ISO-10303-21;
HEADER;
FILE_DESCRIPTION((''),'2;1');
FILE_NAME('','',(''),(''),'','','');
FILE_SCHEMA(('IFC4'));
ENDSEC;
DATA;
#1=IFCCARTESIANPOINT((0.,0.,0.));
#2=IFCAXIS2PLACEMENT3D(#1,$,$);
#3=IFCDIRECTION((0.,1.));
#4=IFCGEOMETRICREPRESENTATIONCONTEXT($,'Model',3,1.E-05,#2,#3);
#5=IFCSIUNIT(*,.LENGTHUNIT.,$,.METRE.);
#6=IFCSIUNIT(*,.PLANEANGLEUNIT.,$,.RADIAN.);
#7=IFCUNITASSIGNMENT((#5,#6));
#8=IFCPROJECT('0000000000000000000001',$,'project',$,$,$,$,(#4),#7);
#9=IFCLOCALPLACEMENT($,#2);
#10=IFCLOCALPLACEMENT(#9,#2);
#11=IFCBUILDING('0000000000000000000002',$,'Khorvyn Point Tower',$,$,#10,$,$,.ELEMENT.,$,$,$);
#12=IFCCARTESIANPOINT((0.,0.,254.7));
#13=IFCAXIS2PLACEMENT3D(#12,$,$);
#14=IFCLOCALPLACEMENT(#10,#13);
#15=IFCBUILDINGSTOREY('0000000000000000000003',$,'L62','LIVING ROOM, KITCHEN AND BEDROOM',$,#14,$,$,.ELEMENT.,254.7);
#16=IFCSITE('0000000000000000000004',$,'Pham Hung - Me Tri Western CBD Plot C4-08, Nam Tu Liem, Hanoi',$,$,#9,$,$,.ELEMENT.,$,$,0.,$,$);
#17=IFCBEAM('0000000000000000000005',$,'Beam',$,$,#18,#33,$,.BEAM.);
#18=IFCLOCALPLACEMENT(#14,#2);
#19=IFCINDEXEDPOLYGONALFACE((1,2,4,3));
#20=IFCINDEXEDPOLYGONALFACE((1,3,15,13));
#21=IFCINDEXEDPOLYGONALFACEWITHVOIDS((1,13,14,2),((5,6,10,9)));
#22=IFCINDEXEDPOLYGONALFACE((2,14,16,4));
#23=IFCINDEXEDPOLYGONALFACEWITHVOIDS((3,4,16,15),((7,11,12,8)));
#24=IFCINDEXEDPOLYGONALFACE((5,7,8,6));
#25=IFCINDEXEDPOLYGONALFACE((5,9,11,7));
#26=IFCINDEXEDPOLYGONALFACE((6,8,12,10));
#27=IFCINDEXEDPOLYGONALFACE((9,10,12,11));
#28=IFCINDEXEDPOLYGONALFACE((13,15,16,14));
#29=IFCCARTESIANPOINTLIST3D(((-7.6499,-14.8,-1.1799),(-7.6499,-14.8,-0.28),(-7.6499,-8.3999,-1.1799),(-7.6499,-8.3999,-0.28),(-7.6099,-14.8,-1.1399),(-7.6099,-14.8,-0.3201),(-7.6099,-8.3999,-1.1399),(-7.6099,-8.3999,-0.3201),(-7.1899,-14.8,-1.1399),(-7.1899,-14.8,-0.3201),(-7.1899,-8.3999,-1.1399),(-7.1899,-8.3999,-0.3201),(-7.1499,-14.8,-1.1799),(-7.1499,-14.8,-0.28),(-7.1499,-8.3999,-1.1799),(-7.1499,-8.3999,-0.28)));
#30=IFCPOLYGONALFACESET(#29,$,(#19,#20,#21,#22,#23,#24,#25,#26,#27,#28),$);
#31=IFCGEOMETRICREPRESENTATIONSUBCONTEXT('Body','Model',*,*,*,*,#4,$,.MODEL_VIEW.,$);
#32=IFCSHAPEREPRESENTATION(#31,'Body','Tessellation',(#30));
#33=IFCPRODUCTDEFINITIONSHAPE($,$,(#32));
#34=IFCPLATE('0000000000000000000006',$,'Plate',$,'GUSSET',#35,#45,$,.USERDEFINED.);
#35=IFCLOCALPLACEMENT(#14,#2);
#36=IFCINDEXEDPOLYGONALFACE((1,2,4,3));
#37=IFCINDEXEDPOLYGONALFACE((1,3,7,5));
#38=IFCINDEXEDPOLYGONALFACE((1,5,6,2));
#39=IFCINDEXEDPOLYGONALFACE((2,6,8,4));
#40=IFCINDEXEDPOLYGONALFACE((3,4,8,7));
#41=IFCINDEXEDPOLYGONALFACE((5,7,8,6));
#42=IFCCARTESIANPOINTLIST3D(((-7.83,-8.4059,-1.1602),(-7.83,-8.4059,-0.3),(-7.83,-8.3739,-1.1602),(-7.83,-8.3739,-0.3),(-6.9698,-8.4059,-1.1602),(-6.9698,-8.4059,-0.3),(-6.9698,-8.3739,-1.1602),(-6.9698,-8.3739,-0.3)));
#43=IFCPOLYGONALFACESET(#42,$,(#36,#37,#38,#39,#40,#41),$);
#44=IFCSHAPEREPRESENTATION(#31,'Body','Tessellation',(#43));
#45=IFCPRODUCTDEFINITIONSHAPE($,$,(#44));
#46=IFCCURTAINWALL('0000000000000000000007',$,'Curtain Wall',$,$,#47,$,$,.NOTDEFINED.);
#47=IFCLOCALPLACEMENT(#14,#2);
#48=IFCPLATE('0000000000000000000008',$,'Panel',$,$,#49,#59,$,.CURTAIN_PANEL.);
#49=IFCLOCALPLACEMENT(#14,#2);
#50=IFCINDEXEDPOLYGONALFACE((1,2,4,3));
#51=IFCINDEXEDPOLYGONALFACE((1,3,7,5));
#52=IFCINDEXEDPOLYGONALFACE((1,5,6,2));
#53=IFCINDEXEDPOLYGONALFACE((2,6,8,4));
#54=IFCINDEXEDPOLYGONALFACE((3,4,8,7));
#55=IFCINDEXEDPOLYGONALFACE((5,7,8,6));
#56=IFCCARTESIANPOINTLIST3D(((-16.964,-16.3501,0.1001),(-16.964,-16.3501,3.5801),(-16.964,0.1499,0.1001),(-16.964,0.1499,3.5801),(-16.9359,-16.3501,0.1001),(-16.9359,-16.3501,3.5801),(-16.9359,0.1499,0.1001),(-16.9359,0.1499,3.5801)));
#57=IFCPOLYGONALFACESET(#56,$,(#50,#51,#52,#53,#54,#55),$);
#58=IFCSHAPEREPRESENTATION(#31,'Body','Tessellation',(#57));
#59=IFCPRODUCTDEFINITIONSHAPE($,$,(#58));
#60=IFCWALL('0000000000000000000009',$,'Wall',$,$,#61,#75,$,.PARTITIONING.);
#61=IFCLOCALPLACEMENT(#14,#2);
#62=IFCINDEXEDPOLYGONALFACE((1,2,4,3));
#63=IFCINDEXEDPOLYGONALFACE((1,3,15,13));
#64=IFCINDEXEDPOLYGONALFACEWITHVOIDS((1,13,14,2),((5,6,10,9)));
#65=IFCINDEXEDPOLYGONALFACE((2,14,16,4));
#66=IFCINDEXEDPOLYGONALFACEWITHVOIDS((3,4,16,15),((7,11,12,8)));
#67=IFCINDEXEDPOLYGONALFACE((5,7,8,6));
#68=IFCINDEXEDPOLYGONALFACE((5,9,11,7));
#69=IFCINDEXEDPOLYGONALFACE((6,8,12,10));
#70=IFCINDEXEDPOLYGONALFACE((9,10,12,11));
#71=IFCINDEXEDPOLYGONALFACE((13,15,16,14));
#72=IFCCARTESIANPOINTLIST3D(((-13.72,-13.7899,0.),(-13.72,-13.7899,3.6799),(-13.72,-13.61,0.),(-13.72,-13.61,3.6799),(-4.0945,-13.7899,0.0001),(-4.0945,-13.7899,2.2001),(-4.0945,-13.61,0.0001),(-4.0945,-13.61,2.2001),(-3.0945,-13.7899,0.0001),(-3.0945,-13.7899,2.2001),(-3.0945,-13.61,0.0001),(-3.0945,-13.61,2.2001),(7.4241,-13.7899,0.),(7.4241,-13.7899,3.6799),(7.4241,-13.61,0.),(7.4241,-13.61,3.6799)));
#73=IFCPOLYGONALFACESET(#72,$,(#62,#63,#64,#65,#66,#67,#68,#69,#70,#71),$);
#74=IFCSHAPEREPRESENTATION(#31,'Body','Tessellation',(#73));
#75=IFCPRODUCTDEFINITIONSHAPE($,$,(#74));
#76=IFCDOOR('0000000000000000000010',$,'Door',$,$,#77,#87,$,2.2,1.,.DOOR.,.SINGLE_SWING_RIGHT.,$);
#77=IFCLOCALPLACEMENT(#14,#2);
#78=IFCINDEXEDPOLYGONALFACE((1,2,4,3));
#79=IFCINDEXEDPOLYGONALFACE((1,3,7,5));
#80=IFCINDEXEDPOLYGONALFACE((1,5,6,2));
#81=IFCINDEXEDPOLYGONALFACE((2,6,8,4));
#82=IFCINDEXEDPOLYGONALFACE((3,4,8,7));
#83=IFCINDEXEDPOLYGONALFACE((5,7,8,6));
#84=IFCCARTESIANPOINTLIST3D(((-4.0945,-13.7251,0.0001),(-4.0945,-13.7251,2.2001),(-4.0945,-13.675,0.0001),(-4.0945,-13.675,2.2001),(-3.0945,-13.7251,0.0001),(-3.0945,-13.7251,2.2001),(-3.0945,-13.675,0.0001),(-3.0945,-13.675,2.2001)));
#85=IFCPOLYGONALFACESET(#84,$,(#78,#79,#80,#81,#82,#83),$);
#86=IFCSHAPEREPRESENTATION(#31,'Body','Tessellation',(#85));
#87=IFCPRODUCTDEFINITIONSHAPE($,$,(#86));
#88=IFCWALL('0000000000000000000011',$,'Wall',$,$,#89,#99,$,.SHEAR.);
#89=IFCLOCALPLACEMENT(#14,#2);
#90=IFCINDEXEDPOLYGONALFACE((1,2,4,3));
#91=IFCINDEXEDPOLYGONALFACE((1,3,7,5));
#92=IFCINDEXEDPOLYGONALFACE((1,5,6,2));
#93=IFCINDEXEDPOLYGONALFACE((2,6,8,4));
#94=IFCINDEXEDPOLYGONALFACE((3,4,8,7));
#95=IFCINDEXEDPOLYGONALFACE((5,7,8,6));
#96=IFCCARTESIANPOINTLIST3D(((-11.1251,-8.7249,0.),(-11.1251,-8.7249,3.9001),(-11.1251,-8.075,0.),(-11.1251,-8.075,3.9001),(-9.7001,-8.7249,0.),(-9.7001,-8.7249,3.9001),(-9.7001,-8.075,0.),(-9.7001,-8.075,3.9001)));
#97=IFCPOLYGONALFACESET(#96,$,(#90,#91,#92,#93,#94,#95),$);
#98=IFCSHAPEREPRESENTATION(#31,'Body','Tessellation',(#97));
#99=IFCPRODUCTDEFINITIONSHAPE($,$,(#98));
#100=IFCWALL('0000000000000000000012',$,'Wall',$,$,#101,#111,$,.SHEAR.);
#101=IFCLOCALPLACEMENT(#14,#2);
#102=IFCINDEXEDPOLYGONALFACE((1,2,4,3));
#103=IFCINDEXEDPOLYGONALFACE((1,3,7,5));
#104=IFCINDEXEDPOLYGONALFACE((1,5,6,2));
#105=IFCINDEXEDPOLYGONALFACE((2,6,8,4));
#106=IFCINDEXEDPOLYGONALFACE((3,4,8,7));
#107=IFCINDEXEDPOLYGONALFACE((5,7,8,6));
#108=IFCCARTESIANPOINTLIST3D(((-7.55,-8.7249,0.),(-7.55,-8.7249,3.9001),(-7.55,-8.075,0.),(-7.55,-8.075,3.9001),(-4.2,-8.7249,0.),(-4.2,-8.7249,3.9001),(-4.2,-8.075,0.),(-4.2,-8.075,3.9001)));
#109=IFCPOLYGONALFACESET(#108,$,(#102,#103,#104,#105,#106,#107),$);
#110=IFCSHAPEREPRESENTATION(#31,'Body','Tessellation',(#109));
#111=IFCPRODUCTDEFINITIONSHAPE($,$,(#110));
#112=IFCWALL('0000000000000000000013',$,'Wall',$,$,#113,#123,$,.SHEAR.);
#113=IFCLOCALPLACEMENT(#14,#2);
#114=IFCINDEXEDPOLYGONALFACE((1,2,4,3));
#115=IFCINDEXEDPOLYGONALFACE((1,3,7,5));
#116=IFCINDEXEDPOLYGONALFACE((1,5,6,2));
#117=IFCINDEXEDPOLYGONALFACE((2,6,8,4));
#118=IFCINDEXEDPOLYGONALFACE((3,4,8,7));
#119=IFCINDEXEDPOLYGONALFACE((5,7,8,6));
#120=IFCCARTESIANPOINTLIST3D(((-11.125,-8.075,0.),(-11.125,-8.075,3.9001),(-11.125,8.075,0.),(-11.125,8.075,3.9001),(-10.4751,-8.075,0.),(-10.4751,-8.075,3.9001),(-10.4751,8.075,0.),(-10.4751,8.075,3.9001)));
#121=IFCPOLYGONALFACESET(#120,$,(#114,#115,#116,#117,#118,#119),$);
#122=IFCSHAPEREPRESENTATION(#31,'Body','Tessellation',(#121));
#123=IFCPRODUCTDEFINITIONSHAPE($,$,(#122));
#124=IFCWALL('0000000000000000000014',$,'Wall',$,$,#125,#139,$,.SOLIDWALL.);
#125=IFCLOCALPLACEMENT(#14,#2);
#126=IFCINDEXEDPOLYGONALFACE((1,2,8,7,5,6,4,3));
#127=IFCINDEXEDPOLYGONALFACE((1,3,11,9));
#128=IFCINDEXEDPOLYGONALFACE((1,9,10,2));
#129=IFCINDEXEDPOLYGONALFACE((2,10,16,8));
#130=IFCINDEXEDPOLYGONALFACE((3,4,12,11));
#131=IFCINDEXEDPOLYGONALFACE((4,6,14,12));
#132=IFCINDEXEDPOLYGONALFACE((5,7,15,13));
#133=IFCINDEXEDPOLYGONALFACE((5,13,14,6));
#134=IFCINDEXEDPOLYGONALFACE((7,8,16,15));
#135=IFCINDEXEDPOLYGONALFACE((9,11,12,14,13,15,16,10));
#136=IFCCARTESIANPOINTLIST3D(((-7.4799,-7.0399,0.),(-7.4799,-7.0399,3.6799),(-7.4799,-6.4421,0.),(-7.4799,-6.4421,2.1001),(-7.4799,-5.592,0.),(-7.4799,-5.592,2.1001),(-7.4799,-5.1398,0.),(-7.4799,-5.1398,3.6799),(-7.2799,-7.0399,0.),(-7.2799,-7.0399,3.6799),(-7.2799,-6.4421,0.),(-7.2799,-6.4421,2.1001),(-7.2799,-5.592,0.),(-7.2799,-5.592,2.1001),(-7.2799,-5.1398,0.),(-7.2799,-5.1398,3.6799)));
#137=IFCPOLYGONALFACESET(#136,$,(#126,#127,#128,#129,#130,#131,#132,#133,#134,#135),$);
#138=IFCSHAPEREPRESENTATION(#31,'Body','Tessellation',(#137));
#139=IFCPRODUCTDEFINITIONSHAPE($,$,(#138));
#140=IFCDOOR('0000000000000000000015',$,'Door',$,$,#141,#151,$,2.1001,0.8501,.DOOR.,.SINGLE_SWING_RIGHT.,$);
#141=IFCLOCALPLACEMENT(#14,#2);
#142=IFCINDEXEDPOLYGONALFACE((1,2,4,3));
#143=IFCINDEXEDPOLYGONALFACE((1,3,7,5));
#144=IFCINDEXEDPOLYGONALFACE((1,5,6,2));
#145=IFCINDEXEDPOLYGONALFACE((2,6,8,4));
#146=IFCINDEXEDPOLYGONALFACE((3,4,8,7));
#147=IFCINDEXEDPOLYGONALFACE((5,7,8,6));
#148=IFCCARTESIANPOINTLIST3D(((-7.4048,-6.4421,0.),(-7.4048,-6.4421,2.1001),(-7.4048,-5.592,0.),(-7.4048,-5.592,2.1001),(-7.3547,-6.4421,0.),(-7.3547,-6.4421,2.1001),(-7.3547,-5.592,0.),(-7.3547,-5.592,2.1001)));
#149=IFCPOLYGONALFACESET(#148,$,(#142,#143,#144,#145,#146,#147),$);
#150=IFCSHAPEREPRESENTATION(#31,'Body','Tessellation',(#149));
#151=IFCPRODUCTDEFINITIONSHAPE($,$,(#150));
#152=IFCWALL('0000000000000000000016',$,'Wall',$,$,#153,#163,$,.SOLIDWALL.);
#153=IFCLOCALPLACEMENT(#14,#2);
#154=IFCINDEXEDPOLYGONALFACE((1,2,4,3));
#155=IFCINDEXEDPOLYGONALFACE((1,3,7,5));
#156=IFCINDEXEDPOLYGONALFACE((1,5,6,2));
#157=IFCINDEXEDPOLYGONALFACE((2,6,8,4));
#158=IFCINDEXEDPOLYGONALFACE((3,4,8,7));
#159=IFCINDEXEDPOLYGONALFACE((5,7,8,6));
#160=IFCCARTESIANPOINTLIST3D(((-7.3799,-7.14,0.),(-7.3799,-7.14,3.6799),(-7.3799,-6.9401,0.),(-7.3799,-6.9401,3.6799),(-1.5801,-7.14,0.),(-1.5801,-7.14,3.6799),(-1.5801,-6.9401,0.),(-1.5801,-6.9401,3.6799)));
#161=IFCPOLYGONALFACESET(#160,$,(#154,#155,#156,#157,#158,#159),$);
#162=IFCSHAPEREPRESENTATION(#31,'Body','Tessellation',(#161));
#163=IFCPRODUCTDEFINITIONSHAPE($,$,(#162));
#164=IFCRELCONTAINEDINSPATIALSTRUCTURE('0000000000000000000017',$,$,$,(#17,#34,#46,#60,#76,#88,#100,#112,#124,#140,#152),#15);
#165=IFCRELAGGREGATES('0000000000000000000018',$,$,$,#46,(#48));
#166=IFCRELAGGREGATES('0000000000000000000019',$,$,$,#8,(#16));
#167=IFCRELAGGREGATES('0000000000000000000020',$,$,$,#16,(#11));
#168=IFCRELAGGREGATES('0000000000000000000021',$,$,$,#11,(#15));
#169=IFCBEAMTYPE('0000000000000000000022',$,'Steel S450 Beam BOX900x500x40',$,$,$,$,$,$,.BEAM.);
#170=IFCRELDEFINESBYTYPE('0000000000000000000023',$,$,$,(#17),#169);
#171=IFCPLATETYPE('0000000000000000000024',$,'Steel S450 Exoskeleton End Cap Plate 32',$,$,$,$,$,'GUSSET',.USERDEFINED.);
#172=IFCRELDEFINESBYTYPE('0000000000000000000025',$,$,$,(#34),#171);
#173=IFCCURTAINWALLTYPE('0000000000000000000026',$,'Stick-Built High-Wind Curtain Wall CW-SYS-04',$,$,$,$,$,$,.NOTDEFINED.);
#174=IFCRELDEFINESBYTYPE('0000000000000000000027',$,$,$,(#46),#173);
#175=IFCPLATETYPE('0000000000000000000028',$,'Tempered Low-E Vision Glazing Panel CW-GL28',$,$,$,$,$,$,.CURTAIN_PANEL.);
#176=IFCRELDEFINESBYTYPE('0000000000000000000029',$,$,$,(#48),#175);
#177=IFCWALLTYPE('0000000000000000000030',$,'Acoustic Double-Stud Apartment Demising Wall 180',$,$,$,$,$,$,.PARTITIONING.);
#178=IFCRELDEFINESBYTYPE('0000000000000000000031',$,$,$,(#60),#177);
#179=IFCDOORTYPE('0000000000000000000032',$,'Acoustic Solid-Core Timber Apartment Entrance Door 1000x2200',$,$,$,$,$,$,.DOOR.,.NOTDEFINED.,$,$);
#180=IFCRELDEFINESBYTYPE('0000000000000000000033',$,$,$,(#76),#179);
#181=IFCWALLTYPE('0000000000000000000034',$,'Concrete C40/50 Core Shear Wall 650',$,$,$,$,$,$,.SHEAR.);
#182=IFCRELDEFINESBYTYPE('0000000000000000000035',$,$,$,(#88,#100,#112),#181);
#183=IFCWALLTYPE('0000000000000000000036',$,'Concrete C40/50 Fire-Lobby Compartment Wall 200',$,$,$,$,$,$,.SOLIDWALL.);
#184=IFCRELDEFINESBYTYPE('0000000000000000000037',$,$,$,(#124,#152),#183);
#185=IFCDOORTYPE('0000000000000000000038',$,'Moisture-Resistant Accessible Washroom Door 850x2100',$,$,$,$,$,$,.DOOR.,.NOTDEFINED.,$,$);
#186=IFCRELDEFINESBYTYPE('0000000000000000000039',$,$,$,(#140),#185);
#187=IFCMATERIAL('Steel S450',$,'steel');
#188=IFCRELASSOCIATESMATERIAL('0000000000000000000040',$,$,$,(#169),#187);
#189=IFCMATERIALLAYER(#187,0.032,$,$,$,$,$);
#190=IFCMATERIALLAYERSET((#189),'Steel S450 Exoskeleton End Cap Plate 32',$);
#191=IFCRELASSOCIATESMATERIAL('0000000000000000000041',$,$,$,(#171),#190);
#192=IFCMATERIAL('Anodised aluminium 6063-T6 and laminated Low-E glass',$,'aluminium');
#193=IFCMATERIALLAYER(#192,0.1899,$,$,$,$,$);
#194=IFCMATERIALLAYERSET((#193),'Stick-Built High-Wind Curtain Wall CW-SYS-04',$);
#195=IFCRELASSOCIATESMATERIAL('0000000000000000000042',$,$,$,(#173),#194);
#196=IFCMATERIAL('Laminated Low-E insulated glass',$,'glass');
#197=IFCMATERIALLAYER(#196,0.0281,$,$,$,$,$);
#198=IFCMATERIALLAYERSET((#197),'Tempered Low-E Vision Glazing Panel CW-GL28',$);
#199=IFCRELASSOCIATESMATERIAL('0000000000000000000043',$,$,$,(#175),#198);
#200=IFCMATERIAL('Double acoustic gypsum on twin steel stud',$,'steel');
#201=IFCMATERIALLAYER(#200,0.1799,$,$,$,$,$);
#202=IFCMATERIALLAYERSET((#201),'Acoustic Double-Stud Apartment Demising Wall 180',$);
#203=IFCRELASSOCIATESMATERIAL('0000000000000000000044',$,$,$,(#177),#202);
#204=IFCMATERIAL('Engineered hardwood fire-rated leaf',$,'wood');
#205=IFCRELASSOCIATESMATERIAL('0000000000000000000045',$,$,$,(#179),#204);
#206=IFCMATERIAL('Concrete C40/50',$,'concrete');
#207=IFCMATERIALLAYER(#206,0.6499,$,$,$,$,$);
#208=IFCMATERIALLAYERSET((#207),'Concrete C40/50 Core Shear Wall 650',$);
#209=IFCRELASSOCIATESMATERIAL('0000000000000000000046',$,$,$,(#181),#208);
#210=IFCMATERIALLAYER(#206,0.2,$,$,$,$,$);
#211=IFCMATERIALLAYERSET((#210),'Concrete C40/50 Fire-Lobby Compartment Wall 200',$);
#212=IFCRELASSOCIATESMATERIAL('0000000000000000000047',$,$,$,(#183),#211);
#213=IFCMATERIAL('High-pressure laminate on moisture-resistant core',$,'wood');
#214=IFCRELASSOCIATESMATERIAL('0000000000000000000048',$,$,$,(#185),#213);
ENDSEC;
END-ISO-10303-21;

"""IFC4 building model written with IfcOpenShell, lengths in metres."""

from ifc_helpers import new_model, si_unit, direction, frame, frame_2d, origin, origin_2d, place, context, subcontext, project, spatial, rectangle, hollow_rectangle, extrude, material, layer, layer_set, material_profile, profile_set, type_object, element, fill, aggregate, save


model = new_model("IFC4")

# Units and contexts
model_context = context("Model", 3, precision=1e-05, world=origin(), true_north=direction((0.0, 1.0)))
body_context = subcontext(model_context, "Body", "Model", "MODEL_VIEW")
ifc_project = project(units=[si_unit("LENGTHUNIT", "METRE"), si_unit("PLANEANGLEUNIT", "RADIAN")], contexts=[model_context])

# Site, building, storey
site_placement = place(None, origin())
site = spatial("IfcSite", under=ifc_project, at=site_placement, Name="Pham Hung - Me Tri Western CBD Plot C4-08, Nam Tu Liem, Hanoi", CompositionType="ELEMENT", RefElevation=0.0)
building_placement = place(site_placement, origin())
building = spatial("IfcBuilding", under=site, at=building_placement, Name="Khorvyn Point Tower", CompositionType="ELEMENT")
storey_placement = place(building_placement, frame((0.0, 0.0, 254.7)))
storey = spatial("IfcBuildingStorey", under=building, at=storey_placement, Name="L62", Description="LIVING ROOM, KITCHEN AND BEDROOM", CompositionType="ELEMENT", Elevation=254.7)

# Shared definitions
ifc_material_1 = material(Name="Concrete C40/50", Category="concrete")

# Beam
ifc_material_2 = material(Name="Steel S450", Category="steel")
ifc_material_profile_1 = material_profile(ifc_material_2, hollow_rectangle(XDim=0.5, YDim=0.8999, WallThickness=0.04, at=origin_2d()))
ifc_profile_set_1 = profile_set([ifc_material_profile_1], Name="Steel S450 BOX900x500x40")
beam_type_1 = type_object("IfcBeamType", Name="Steel S450 Beam BOX900x500x40", PredefinedType="BEAM", material=ifc_profile_set_1)
beam_1_placement = place(storey_placement, frame((-7.3999, -14.8, -0.73), z_axis=(0.0, 1.0, 0.0), x_axis=(-1.0, 0.0, 0.0)))
element("IfcBeam", 1, at=beam_1_placement, inside=storey, type_object=beam_type_1, Name="Beam", PredefinedType="BEAM", context=body_context, shape_type="SweptSolid", body=[
    extrude(hollow_rectangle(XDim=0.5, YDim=0.8999, WallThickness=0.04, at=origin_2d()), origin(), (0.0, 0.0, 1.0), 6.4001),
])

# Plate
ifc_layer_1 = layer(ifc_material_2, 0.032)
ifc_layer_set_1 = layer_set([ifc_layer_1], Name="Steel S450 Exoskeleton End Cap Plate 32")
plate_type_1 = type_object("IfcPlateType", Name="Steel S450 Exoskeleton End Cap Plate 32", ElementType="GUSSET", PredefinedType="USERDEFINED", material=ifc_layer_set_1)
plate_1_placement = place(storey_placement, frame((-7.3999, -8.3899, -1.1602), z_axis=(0.0, 0.0, 1.0), x_axis=(1.0, 0.0, 0.0)))
element("IfcPlate", 2, at=plate_1_placement, inside=storey, type_object=plate_type_1, Name="Plate", ObjectType="GUSSET", PredefinedType="USERDEFINED", context=body_context, shape_type="SweptSolid", body=[
    extrude(rectangle(XDim=0.8601, YDim=0.032, at=origin_2d()), origin(), (0.0, 0.0, 1.0), 0.8601),
])

# Curtain wall, plate
ifc_material_3 = material(Name="Anodised aluminium 6063-T6 and laminated Low-E glass", Category="aluminium")
ifc_layer_2 = layer(ifc_material_3, 0.1899)
ifc_layer_set_2 = layer_set([ifc_layer_2], Name="Stick-Built High-Wind Curtain Wall CW-SYS-04")
curtain_wall_type = type_object("IfcCurtainWallType", Name="Stick-Built High-Wind Curtain Wall CW-SYS-04", PredefinedType="NOTDEFINED", material=ifc_layer_set_2)
curtain_wall_placement = place(storey_placement, origin())
curtain_wall = element("IfcCurtainWall", 3, at=curtain_wall_placement, inside=storey, type_object=curtain_wall_type, Name="Curtain Wall", PredefinedType="NOTDEFINED")
ifc_material_4 = material(Name="Laminated Low-E insulated glass", Category="glass")
ifc_layer_3 = layer(ifc_material_4, 0.0281)
ifc_layer_set_3 = layer_set([ifc_layer_3], Name="Tempered Low-E Vision Glazing Panel CW-GL28")
plate_type_2 = type_object("IfcPlateType", Name="Tempered Low-E Vision Glazing Panel CW-GL28", PredefinedType="CURTAIN_PANEL", material=ifc_layer_set_3)
plate_2_placement = place(storey_placement, frame((-16.95, -8.1001, 0.1001), z_axis=(0.0, 0.0, 1.0), x_axis=(0.0, 1.0, 0.0)))
plate_2 = element("IfcPlate", 4, at=plate_2_placement, type_object=plate_type_2, Name="Panel", PredefinedType="CURTAIN_PANEL", context=body_context, shape_type="SweptSolid", body=[
    extrude(rectangle(XDim=16.5, YDim=0.0281, at=origin_2d()), origin(), (0.0, 0.0, 1.0), 3.48),
])
aggregate(curtain_wall, [plate_2])

# Wall, opening, door
ifc_material_5 = material(Name="Double acoustic gypsum on twin steel stud", Category="steel")
ifc_layer_4 = layer(ifc_material_5, 0.1799)
ifc_layer_set_4 = layer_set([ifc_layer_4], Name="Acoustic Double-Stud Apartment Demising Wall 180")
wall_type_1 = type_object("IfcWallType", Name="Acoustic Double-Stud Apartment Demising Wall 180", PredefinedType="PARTITIONING", material=ifc_layer_set_4)
wall_1_placement = place(storey_placement, frame((-13.72, -13.7, 0.0), z_axis=(0.0, 0.0, 1.0), x_axis=(1.0, 0.0, 0.0)))
wall_1 = element("IfcWall", 5, at=wall_1_placement, inside=storey, type_object=wall_type_1, Name="Wall", PredefinedType="PARTITIONING", context=body_context, shape_type="SweptSolid", body=[
    extrude(rectangle(XDim=21.144, YDim=0.1799, at=frame_2d((10.572, 0.0))), origin(), (0.0, 0.0, 1.0), 3.6799),
])
opening_1_placement = place(wall_1_placement, frame((9.6255, 0.0, 0.0)))
opening_1 = element("IfcOpeningElement", 6, at=opening_1_placement, cuts=wall_1, PredefinedType="OPENING", context=body_context, shape_type="SweptSolid", body=[
    extrude(rectangle(XDim=1.0, YDim=2.2, at=frame_2d((0.5, 1.1001))), frame((0.0, 0.0999, 0.0), z_axis=(0.0, -1.0, 0.0), x_axis=(1.0, 0.0, 0.0)), (0.0, 0.0, 1.0), 0.2),
])
ifc_material_6 = material(Name="Engineered hardwood fire-rated leaf", Category="wood")
door_type_1 = type_object("IfcDoorType", Name="Acoustic Solid-Core Timber Apartment Entrance Door 1000x2200", OperationType="NOTDEFINED", PredefinedType="DOOR", material=ifc_material_6)
door_1_placement = place(opening_1_placement, origin())
door_1 = element("IfcDoor", 7, at=door_1_placement, inside=storey, type_object=door_type_1, Name="Door", OperationType="SINGLE_SWING_RIGHT", OverallHeight=2.2, OverallWidth=1.0, PredefinedType="DOOR", context=body_context, shape_type="SweptSolid", body=[
    extrude(rectangle(XDim=1.0, YDim=2.2, at=frame_2d((0.5, 1.1001))), frame((0.0, 0.0249, 0.0), z_axis=(0.0, -1.0, 0.0), x_axis=(1.0, 0.0, 0.0)), (0.0, 0.0, 1.0), 0.05),
])
fill(opening_1, door_1)

# Walls
ifc_layer_5 = layer(ifc_material_1, 0.6499)
ifc_layer_set_5 = layer_set([ifc_layer_5], Name="Concrete C40/50 Core Shear Wall 650")
wall_type_2 = type_object("IfcWallType", Name="Concrete C40/50 Core Shear Wall 650", PredefinedType="SHEAR", material=ifc_layer_set_5)
wall_2_placement = place(storey_placement, frame((-11.125, -8.3999, 0.0), z_axis=(0.0, 0.0, 1.0), x_axis=(1.0, 0.0, 0.0)))
element("IfcWall", 8, at=wall_2_placement, inside=storey, type_object=wall_type_2, Name="Wall", PredefinedType="SHEAR", context=body_context, shape_type="SweptSolid", body=[
    extrude(rectangle(XDim=1.425, YDim=0.6499, at=frame_2d((0.7124, 0.0))), origin(), (0.0, 0.0, 1.0), 3.9001),
])
wall_3_placement = place(storey_placement, frame((-7.55, -8.3999, 0.0), z_axis=(0.0, 0.0, 1.0), x_axis=(1.0, 0.0, 0.0)))
element("IfcWall", 9, at=wall_3_placement, inside=storey, type_object=wall_type_2, Name="Wall", PredefinedType="SHEAR", context=body_context, shape_type="SweptSolid", body=[
    extrude(rectangle(XDim=3.3501, YDim=0.6499, at=frame_2d((1.675, 0.0))), origin(), (0.0, 0.0, 1.0), 3.9001),
])
wall_4_placement = place(storey_placement, frame((-10.8, -8.075, 0.0), z_axis=(0.0, 0.0, 1.0), x_axis=(0.0, 1.0, 0.0)))
element("IfcWall", 10, at=wall_4_placement, inside=storey, type_object=wall_type_2, Name="Wall", PredefinedType="SHEAR", context=body_context, shape_type="SweptSolid", body=[
    extrude(rectangle(XDim=16.1499, YDim=0.6499, at=frame_2d((8.075, 0.0))), origin(), (0.0, 0.0, 1.0), 3.9001),
])

# Wall, opening, door
ifc_layer_6 = layer(ifc_material_1, 0.2)
ifc_layer_set_6 = layer_set([ifc_layer_6], Name="Concrete C40/50 Fire-Lobby Compartment Wall 200")
wall_type_3 = type_object("IfcWallType", Name="Concrete C40/50 Fire-Lobby Compartment Wall 200", PredefinedType="SOLIDWALL", material=ifc_layer_set_6)
wall_5_placement = place(storey_placement, frame((-7.3799, -7.04, 0.0), z_axis=(0.0, 0.0, 1.0), x_axis=(0.0, 1.0, 0.0)))
wall_5 = element("IfcWall", 11, at=wall_5_placement, inside=storey, type_object=wall_type_3, Name="Wall", PredefinedType="SOLIDWALL", context=body_context, shape_type="SweptSolid", body=[
    extrude(rectangle(XDim=1.9001, YDim=0.2, at=frame_2d((0.9502, 0.0))), origin(), (0.0, 0.0, 1.0), 3.6799),
])
opening_2_placement = place(wall_5_placement, frame((0.5979, 0.0, 0.0)))
opening_2 = element("IfcOpeningElement", 12, at=opening_2_placement, cuts=wall_5, PredefinedType="OPENING", context=body_context, shape_type="SweptSolid", body=[
    extrude(rectangle(XDim=0.8501, YDim=2.1001, at=frame_2d((0.425, 1.05))), frame((0.0, 0.1099, 0.0), z_axis=(0.0, -1.0, 0.0), x_axis=(1.0, 0.0, 0.0)), (0.0, 0.0, 1.0), 0.22),
])
ifc_material_7 = material(Name="High-pressure laminate on moisture-resistant core", Category="wood")
door_type_2 = type_object("IfcDoorType", Name="Moisture-Resistant Accessible Washroom Door 850x2100", OperationType="NOTDEFINED", PredefinedType="DOOR", material=ifc_material_7)
door_2_placement = place(opening_2_placement, origin())
door_2 = element("IfcDoor", 13, at=door_2_placement, inside=storey, type_object=door_type_2, Name="Door", OperationType="SINGLE_SWING_RIGHT", OverallHeight=2.1001, OverallWidth=0.8501, PredefinedType="DOOR", context=body_context, shape_type="SweptSolid", body=[
    extrude(rectangle(XDim=0.8501, YDim=2.1001, at=frame_2d((0.425, 1.05))), frame((0.0, 0.0249, 0.0), z_axis=(0.0, -1.0, 0.0), x_axis=(1.0, 0.0, 0.0)), (0.0, 0.0, 1.0), 0.05),
])
fill(opening_2, door_2)

# Wall
wall_6_placement = place(storey_placement, frame((-7.3799, -7.04, 0.0), z_axis=(0.0, 0.0, 1.0), x_axis=(1.0, 0.0, 0.0)))
element("IfcWall", 14, at=wall_6_placement, inside=storey, type_object=wall_type_3, Name="Wall", PredefinedType="SOLIDWALL", context=body_context, shape_type="SweptSolid", body=[
    extrude(rectangle(XDim=5.7998, YDim=0.2, at=frame_2d((2.8999, 0.0))), origin(), (0.0, 0.0, 1.0), 3.6799),
])

save(model, "model.ifc")
